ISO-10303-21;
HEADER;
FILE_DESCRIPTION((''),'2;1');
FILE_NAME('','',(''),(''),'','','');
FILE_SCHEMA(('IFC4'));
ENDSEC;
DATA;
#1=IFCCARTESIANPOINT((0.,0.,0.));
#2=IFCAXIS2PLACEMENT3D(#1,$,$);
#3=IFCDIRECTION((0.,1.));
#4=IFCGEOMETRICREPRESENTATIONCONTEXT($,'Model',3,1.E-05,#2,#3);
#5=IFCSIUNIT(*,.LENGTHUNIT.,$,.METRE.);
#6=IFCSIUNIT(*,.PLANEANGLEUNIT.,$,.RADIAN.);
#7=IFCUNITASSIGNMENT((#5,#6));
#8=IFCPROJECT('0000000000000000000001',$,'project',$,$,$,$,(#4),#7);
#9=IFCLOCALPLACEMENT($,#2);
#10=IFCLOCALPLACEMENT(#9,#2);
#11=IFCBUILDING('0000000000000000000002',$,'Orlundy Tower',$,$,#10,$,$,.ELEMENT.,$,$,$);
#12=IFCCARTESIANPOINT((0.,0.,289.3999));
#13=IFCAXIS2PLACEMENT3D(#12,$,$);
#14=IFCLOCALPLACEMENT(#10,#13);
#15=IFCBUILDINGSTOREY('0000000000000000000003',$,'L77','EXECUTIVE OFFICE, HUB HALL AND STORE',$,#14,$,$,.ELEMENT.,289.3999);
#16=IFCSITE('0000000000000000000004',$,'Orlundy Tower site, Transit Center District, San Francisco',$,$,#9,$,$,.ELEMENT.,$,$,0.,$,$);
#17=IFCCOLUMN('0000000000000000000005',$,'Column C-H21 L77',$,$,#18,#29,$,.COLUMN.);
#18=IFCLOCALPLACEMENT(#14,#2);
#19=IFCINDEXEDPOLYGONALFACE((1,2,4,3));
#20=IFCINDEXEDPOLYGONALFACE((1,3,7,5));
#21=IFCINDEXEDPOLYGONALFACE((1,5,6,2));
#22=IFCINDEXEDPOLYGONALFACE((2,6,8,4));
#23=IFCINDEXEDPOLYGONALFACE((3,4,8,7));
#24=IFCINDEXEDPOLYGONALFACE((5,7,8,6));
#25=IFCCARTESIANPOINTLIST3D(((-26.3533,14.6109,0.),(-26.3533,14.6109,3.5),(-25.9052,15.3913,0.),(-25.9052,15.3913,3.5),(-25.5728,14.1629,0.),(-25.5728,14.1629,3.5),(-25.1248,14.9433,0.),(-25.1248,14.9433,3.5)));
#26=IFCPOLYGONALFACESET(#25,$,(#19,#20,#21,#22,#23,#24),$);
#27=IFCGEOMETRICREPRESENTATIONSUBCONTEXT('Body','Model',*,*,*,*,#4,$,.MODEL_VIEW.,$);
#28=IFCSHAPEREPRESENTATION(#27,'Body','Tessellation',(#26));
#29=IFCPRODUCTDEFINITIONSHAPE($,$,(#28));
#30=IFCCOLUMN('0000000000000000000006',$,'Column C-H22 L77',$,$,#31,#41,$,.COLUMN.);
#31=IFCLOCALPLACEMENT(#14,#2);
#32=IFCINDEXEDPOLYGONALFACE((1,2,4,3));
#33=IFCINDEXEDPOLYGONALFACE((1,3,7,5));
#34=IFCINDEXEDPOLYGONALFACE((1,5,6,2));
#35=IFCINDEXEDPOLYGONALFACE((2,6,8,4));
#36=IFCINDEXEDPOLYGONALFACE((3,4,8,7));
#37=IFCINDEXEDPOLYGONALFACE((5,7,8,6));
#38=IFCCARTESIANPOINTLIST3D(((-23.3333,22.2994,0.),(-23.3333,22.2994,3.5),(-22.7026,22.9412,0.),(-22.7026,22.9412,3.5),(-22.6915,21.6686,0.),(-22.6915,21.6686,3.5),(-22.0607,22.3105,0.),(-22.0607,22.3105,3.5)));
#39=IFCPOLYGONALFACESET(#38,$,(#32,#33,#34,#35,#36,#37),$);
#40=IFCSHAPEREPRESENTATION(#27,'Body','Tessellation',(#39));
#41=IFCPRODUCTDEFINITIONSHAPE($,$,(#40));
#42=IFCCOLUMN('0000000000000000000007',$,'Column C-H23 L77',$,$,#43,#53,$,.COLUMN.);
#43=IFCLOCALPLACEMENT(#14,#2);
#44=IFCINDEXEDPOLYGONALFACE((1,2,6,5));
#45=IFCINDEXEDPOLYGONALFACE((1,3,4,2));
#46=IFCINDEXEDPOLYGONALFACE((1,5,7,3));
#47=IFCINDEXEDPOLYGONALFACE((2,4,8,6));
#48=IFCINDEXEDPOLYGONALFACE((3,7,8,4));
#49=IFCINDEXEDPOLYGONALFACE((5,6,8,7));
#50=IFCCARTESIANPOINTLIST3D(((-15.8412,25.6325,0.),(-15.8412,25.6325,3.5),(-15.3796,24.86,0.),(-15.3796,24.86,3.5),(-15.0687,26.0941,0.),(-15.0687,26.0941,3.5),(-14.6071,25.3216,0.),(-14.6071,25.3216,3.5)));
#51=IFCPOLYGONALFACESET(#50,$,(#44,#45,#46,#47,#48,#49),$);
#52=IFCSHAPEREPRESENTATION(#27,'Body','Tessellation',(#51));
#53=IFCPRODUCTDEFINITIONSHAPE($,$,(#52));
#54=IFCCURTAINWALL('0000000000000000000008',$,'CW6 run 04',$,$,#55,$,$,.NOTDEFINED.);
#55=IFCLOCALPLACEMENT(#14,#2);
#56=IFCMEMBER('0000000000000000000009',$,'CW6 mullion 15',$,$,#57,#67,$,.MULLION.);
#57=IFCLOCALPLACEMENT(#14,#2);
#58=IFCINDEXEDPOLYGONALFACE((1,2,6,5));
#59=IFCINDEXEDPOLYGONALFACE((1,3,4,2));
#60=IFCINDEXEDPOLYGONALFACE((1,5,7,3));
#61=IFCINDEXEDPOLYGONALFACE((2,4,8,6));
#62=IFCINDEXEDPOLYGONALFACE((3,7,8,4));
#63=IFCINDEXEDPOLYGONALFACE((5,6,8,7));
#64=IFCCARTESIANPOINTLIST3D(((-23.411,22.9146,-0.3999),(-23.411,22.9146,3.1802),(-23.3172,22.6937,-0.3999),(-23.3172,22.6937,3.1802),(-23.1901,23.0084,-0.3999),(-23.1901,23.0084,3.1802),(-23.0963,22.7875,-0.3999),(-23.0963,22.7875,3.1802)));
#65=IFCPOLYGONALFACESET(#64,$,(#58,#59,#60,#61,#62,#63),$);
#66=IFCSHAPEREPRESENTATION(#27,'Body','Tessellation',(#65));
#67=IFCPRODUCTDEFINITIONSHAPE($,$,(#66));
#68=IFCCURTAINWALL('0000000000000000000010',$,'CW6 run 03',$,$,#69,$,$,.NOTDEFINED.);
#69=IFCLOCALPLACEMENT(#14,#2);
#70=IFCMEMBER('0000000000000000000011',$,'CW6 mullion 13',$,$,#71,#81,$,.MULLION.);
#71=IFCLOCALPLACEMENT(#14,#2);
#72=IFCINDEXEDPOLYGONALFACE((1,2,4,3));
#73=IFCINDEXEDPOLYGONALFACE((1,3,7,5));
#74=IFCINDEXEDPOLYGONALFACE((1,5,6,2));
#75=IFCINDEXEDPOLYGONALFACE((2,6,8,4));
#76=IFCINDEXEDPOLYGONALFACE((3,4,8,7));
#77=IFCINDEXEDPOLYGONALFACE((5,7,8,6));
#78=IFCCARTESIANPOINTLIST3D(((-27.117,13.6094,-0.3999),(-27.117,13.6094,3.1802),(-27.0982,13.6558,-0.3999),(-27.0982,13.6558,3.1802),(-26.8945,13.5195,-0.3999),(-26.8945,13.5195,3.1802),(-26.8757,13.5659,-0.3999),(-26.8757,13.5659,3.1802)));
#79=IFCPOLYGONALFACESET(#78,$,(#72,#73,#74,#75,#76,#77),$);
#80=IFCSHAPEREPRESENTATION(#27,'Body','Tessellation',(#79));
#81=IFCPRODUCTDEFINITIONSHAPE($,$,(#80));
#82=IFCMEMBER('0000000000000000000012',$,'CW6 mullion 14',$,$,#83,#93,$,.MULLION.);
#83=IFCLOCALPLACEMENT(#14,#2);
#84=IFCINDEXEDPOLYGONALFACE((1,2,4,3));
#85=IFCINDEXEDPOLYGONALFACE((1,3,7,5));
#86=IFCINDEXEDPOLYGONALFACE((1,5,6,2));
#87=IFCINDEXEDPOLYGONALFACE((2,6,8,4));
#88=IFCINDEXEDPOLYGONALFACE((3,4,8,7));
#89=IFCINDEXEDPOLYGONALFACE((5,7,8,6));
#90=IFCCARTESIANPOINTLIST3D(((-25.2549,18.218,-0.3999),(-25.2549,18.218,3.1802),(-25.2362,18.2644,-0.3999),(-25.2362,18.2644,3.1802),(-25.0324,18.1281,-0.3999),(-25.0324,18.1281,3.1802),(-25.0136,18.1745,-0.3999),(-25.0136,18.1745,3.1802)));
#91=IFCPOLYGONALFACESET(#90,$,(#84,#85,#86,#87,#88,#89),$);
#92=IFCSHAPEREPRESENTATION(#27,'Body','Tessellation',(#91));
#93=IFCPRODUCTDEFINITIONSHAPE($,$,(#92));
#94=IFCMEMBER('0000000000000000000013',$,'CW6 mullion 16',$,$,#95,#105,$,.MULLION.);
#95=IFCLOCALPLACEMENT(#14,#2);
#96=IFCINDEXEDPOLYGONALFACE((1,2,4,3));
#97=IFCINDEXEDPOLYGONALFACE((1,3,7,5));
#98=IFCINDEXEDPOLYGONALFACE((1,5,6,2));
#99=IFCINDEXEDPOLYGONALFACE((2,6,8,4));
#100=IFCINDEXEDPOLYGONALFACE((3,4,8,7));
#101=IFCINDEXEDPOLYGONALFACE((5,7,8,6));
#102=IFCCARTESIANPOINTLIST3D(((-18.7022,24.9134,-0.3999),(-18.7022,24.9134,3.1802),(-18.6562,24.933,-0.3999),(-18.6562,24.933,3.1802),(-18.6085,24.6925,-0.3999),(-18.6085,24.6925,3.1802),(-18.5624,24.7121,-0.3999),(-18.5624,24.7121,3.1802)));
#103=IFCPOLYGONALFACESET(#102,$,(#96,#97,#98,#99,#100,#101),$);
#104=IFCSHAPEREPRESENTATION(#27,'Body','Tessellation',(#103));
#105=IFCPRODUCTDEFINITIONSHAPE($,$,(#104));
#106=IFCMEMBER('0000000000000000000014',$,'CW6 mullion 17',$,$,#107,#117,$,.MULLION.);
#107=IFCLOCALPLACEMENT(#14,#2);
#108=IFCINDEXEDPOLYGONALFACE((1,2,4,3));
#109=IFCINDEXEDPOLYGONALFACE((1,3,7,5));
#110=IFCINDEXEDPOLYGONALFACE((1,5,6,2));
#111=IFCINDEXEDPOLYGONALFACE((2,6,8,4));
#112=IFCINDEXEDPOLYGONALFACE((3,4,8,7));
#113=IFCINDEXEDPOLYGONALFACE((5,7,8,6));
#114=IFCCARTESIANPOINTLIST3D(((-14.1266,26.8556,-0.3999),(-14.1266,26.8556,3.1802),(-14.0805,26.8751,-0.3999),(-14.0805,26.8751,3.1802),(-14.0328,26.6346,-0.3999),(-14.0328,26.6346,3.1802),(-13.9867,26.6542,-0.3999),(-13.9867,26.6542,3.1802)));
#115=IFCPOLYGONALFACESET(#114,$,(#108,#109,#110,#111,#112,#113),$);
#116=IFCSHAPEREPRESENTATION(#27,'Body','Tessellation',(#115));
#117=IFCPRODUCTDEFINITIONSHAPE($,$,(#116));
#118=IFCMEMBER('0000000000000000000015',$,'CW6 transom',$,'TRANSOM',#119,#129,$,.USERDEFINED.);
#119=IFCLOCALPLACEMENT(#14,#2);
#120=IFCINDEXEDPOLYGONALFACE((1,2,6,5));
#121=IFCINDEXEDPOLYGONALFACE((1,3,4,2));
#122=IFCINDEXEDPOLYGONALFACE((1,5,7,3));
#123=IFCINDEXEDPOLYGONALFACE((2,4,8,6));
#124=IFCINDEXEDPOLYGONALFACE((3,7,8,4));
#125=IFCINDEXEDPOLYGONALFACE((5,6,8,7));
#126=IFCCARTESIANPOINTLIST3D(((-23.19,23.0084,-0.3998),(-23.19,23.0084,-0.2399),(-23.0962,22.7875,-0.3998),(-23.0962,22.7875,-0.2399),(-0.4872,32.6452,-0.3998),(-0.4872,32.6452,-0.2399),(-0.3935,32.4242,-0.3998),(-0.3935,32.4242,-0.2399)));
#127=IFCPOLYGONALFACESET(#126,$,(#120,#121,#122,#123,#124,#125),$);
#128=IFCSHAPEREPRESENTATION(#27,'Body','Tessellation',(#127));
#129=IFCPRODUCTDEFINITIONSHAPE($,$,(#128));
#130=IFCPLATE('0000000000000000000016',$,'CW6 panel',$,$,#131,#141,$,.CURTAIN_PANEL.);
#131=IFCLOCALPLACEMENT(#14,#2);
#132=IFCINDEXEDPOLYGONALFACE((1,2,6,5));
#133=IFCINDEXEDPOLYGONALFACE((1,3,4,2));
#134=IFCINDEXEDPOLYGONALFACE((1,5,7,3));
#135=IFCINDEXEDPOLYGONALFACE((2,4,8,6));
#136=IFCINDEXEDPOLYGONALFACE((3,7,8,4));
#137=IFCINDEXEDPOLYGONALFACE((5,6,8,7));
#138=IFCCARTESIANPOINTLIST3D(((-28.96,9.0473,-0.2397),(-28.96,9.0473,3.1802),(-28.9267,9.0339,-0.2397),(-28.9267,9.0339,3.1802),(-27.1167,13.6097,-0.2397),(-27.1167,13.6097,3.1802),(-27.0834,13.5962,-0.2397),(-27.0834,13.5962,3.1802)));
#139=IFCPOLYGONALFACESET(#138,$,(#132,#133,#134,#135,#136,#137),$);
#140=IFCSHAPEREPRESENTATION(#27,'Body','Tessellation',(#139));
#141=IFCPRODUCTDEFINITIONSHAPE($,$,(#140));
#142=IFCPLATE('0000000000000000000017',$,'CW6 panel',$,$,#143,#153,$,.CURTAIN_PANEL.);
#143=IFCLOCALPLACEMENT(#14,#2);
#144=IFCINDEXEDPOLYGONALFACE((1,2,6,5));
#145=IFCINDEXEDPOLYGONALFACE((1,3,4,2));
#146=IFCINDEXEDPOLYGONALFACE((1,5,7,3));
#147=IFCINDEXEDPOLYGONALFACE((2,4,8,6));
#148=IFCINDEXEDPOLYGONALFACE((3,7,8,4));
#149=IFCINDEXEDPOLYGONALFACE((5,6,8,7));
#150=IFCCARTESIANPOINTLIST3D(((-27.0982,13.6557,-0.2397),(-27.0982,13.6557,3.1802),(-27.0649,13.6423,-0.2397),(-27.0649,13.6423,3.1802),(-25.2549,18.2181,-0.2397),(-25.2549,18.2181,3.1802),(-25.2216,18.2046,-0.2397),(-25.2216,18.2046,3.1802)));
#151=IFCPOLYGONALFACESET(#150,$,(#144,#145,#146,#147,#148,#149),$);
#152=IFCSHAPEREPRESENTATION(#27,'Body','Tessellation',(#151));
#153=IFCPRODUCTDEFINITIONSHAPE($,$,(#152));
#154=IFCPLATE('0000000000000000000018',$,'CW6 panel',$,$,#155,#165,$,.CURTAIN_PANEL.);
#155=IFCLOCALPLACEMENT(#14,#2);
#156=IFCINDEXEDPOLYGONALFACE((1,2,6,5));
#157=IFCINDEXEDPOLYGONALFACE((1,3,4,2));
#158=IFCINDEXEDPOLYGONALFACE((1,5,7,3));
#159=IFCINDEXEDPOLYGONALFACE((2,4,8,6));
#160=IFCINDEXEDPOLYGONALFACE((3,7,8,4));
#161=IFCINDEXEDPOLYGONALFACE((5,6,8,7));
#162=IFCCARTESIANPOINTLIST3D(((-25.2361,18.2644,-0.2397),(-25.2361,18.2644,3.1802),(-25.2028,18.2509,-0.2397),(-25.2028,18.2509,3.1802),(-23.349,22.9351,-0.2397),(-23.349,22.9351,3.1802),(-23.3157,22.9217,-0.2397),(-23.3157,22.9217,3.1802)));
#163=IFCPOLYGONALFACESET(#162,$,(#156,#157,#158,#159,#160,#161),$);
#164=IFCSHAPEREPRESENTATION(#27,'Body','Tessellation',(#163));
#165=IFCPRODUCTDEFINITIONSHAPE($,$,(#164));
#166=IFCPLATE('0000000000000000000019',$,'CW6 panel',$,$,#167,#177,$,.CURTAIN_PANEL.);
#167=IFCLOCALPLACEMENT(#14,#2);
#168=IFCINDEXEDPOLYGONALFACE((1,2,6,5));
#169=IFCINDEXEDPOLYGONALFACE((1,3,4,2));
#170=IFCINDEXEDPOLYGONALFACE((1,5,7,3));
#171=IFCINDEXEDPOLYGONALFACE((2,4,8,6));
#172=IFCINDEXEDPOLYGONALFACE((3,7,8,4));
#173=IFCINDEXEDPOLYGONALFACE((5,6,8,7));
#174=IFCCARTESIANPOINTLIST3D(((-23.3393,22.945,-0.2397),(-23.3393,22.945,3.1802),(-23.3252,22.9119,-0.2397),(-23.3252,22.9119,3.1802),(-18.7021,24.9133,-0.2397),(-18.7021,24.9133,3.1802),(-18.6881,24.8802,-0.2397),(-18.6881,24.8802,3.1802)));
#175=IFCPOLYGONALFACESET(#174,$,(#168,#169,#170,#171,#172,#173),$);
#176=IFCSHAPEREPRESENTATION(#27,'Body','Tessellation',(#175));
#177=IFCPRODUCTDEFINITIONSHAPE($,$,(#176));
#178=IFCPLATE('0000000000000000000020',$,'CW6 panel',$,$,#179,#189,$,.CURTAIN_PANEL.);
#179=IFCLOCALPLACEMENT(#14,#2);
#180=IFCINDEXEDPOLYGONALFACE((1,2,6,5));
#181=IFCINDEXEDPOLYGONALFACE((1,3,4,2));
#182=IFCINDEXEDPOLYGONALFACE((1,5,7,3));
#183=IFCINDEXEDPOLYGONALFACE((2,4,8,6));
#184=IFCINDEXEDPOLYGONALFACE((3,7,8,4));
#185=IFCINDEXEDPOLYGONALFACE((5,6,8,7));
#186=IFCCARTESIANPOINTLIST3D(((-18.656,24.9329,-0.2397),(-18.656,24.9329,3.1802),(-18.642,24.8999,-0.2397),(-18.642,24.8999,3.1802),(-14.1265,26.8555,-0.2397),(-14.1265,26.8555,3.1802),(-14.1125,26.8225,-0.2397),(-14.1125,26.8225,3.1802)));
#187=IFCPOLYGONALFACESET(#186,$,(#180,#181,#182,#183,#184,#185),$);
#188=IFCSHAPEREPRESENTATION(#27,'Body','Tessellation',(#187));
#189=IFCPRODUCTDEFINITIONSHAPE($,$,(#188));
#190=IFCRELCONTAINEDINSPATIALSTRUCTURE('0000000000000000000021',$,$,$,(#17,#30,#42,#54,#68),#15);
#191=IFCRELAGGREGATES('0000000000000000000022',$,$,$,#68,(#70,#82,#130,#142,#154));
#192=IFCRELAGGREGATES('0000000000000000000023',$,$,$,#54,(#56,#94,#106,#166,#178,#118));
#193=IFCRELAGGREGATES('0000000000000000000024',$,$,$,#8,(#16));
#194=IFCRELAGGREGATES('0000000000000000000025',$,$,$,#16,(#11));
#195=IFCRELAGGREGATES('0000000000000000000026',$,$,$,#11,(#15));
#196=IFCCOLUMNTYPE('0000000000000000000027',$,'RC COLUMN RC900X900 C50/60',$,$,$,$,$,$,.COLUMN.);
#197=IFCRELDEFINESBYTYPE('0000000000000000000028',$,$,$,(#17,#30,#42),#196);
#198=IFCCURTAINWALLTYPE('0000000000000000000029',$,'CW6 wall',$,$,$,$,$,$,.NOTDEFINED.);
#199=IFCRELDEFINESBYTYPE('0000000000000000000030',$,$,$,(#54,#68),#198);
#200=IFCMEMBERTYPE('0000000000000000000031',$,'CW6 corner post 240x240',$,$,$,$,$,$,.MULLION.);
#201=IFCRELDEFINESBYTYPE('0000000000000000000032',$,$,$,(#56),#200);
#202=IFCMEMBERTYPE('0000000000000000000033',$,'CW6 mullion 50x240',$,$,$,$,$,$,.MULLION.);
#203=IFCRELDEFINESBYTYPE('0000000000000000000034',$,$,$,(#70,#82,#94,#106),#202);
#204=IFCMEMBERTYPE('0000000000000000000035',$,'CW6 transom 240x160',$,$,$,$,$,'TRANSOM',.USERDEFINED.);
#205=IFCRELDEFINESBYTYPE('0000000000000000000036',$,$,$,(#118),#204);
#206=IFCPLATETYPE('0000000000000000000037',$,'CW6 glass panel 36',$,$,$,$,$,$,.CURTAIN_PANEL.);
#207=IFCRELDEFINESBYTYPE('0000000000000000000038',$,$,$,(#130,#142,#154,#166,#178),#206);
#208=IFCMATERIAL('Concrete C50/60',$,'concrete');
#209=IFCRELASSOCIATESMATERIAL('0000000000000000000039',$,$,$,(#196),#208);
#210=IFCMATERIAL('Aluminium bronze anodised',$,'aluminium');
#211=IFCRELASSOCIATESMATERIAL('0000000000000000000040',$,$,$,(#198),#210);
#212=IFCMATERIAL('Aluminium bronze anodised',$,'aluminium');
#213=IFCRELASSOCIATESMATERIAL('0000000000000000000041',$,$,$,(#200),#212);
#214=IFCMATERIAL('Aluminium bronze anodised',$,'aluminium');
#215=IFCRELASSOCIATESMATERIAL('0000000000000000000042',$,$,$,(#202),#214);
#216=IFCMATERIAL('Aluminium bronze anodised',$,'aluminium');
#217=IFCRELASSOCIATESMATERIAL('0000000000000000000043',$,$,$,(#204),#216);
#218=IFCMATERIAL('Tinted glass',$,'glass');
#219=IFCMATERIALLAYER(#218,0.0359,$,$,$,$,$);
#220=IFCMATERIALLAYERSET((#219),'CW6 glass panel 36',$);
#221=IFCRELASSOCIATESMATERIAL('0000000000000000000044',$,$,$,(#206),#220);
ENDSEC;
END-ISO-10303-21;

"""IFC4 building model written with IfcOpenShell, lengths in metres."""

from ifc_helpers import new_model, si_unit, direction, frame, origin, origin_2d, place, context, subcontext, project, spatial, rectangle, extrude, material, layer, layer_set, material_profile, profile_set, type_object, element, aggregate, save


model = new_model("IFC4")

# Units and contexts
model_context = context("Model", 3, precision=1e-05, world=origin(), true_north=direction((0.0, 1.0)))
body_context = subcontext(model_context, "Body", "Model", "MODEL_VIEW")
ifc_project = project(units=[si_unit("LENGTHUNIT", "METRE"), si_unit("PLANEANGLEUNIT", "RADIAN")], contexts=[model_context])

# Site, building, storey
site_placement = place(None, origin())
site = spatial("IfcSite", under=ifc_project, at=site_placement, Name="Orlundy Tower site, Transit Center District, San Francisco", CompositionType="ELEMENT", RefElevation=0.0)
building_placement = place(site_placement, origin())
building = spatial("IfcBuilding", under=site, at=building_placement, Name="Orlundy Tower", CompositionType="ELEMENT")
storey_placement = place(building_placement, frame((0.0, 0.0, 289.3999)))
storey = spatial("IfcBuildingStorey", under=building, at=storey_placement, Name="L77", Description="EXECUTIVE OFFICE, HUB HALL AND STORE", CompositionType="ELEMENT", Elevation=289.3999)

# Columns
ifc_material_1 = material(Name="Concrete C50/60", Category="concrete")
ifc_material_profile_1 = material_profile(ifc_material_1, rectangle(XDim=0.8999, YDim=0.8999, at=origin_2d()), Name="RC900X900")
ifc_profile_set_1 = profile_set([ifc_material_profile_1], Name="Concrete C50/60")
column_type = type_object("IfcColumnType", Name="RC COLUMN RC900X900 C50/60", PredefinedType="COLUMN", material=ifc_profile_set_1)
for number, where, z_axis, x_axis, name in (
    (1, (-25.739, 14.7771, 0.0), (0.0, 0.0, 1.0), (-0.867236, 0.497898, 0.0), "Column C-H21 L77"),
    (2, (-22.697, 22.3049, 0.0), (0.0, 0.0, 1.0), (-0.713238, 0.700922, 0.0), "Column C-H22 L77"),
    (3, (-15.2241, 25.4771, 0.0), (0.0, 0.0, 1.0), (-0.512957, 0.858414, 0.0), "Column C-H23 L77"),
):
    element("IfcColumn", number, at=place(storey_placement, frame(where, z_axis=z_axis, x_axis=x_axis)), inside=storey, type_object=column_type, Name=name, PredefinedType="COLUMN", context=body_context, shape_type="SweptSolid", body=[
        extrude(rectangle(XDim=0.8999, YDim=0.8999, at=origin_2d()), origin(), (0.0, 0.0, 1.0), 3.5),
    ])

# Curtain wall, member
ifc_material_2 = material(Name="Aluminium bronze anodised", Category="aluminium")
curtain_wall_type = type_object("IfcCurtainWallType", Name="CW6 wall", PredefinedType="NOTDEFINED", material=ifc_material_2)
curtain_wall_1_placement = place(storey_placement, origin())
curtain_wall_1 = element("IfcCurtainWall", 4, at=curtain_wall_1_placement, inside=storey, type_object=curtain_wall_type, Name="CW6 run 04", PredefinedType="NOTDEFINED")
ifc_material_3 = material(Name="Aluminium bronze anodised", Category="aluminium")
ifc_material_profile_2 = material_profile(ifc_material_3, rectangle(XDim=0.24, YDim=0.24, at=origin_2d()), Name="CW6 corner post 240x240")
ifc_profile_set_2 = profile_set([ifc_material_profile_2], Name="Aluminium bronze anodised")
member_type_1 = type_object("IfcMemberType", Name="CW6 corner post 240x240", PredefinedType="MULLION", material=ifc_profile_set_2)
member_1_placement = place(storey_placement, frame((-23.2537, 22.8511, -0.3999), z_axis=(0.0, 0.0, 1.0), x_axis=(-0.390727, 0.920507, 0.0)))
member_1 = element("IfcMember", 5, at=member_1_placement, type_object=member_type_1, Name="CW6 mullion 15", PredefinedType="MULLION", context=body_context, shape_type="SweptSolid", body=[
    extrude(rectangle(XDim=0.24, YDim=0.24, at=origin_2d()), origin(), (0.0, 0.0, 1.0), 3.5801),
])

# Curtain wall, members
curtain_wall_2_placement = place(storey_placement, origin())
curtain_wall_2 = element("IfcCurtainWall", 6, at=curtain_wall_2_placement, inside=storey, type_object=curtain_wall_type, Name="CW6 run 03", PredefinedType="NOTDEFINED")
ifc_material_4 = material(Name="Aluminium bronze anodised", Category="aluminium")
ifc_material_profile_3 = material_profile(ifc_material_4, rectangle(XDim=0.24, YDim=0.05, at=origin_2d()), Name="CW6 mullion 50x240")
ifc_profile_set_3 = profile_set([ifc_material_profile_3], Name="Aluminium bronze anodised")
member_type_2 = type_object("IfcMemberType", Name="CW6 mullion 50x240", PredefinedType="MULLION", material=ifc_profile_set_3)
member_2_placement = place(storey_placement, frame((-26.9963, 13.5876, -0.3999), z_axis=(0.0, 0.0, 1.0), x_axis=(-0.927184, 0.374607, 0.0)))
member_2 = element("IfcMember", 7, at=member_2_placement, type_object=member_type_2, Name="CW6 mullion 13", PredefinedType="MULLION", context=body_context, shape_type="SweptSolid", body=[
    extrude(rectangle(XDim=0.24, YDim=0.05, at=origin_2d()), origin(), (0.0, 0.0, 1.0), 3.5801),
])
member_3_placement = place(storey_placement, frame((-25.1343, 18.1963, -0.3999), z_axis=(0.0, 0.0, 1.0), x_axis=(-0.927184, 0.374607, 0.0)))
member_3 = element("IfcMember", 8, at=member_3_placement, type_object=member_type_2, Name="CW6 mullion 14", PredefinedType="MULLION", context=body_context, shape_type="SweptSolid", body=[
    extrude(rectangle(XDim=0.24, YDim=0.05, at=origin_2d()), origin(), (0.0, 0.0, 1.0), 3.5801),
])

# Members
member_4_placement = place(storey_placement, frame((-18.6323, 24.8127, -0.3999), z_axis=(0.0, 0.0, 1.0), x_axis=(-0.390727, 0.920507, 0.0)))
member_4 = element("IfcMember", 9, at=member_4_placement, type_object=member_type_2, Name="CW6 mullion 16", PredefinedType="MULLION", context=body_context, shape_type="SweptSolid", body=[
    extrude(rectangle(XDim=0.24, YDim=0.05, at=origin_2d()), origin(), (0.0, 0.0, 1.0), 3.5801),
])
member_5_placement = place(storey_placement, frame((-14.0566, 26.7549, -0.3999), z_axis=(0.0, 0.0, 1.0), x_axis=(-0.390727, 0.920507, 0.0)))
member_5 = element("IfcMember", 10, at=member_5_placement, type_object=member_type_2, Name="CW6 mullion 17", PredefinedType="MULLION", context=body_context, shape_type="SweptSolid", body=[
    extrude(rectangle(XDim=0.24, YDim=0.05, at=origin_2d()), origin(), (0.0, 0.0, 1.0), 3.5801),
])
ifc_material_5 = material(Name="Aluminium bronze anodised", Category="aluminium")
ifc_material_profile_4 = material_profile(ifc_material_5, rectangle(XDim=0.24, YDim=0.1599, at=origin_2d()), Name="CW6 transom 240x160")
ifc_profile_set_4 = profile_set([ifc_material_profile_4], Name="Aluminium bronze anodised")
member_type_3 = type_object("IfcMemberType", Name="CW6 transom 240x160", ElementType="TRANSOM", PredefinedType="USERDEFINED", material=ifc_profile_set_4)
member_6_placement = place(storey_placement, frame((-23.1431, 22.8979, -0.3198), z_axis=(0.920505, 0.390732, 0.0), x_axis=(-0.390732, 0.920505, 0.0)))
member_6 = element("IfcMember", 11, at=member_6_placement, type_object=member_type_3, Name="CW6 transom", ObjectType="TRANSOM", PredefinedType="USERDEFINED", context=body_context, shape_type="SweptSolid", body=[
    extrude(rectangle(XDim=0.24, YDim=0.1599, at=origin_2d()), origin(), (0.0, 0.0, 1.0), 24.6633),
])

# Plates
ifc_material_6 = material(Name="Tinted glass", Category="glass")
ifc_layer_1 = layer(ifc_material_6, 0.0359)
ifc_layer_set_1 = layer_set([ifc_layer_1], Name="CW6 glass panel 36")
plate_type = type_object("IfcPlateType", Name="CW6 glass panel 36", PredefinedType="CURTAIN_PANEL", material=ifc_layer_set_1)
plate_1_placement = place(storey_placement, frame((-28.0217, 11.3218, -0.2397), z_axis=(0.0, 0.0, 1.0), x_axis=(0.374607, 0.927184, 0.0)))
plate_1 = element("IfcPlate", 12, at=plate_1_placement, type_object=plate_type, Name="CW6 panel", PredefinedType="CURTAIN_PANEL", context=body_context, shape_type="SweptSolid", body=[
    extrude(rectangle(XDim=4.9207, YDim=0.0359, at=origin_2d()), origin(), (0.0, 0.0, 1.0), 3.4199),
])
plate_2_placement = place(storey_placement, frame((-26.1599, 15.9302, -0.2397), z_axis=(0.0, 0.0, 1.0), x_axis=(0.374607, 0.927184, 0.0)))
plate_2 = element("IfcPlate", 13, at=plate_2_placement, type_object=plate_type, Name="CW6 panel", PredefinedType="CURTAIN_PANEL", context=body_context, shape_type="SweptSolid", body=[
    extrude(rectangle(XDim=4.9207, YDim=0.0359, at=origin_2d()), origin(), (0.0, 0.0, 1.0), 3.4199),
])
plate_3_placement = place(storey_placement, frame((-24.2759, 20.593, -0.2397), z_axis=(0.0, 0.0, 1.0), x_axis=(0.374607, 0.927184, 0.0)))
plate_3 = element("IfcPlate", 14, at=plate_3_placement, type_object=plate_type, Name="CW6 panel", PredefinedType="CURTAIN_PANEL", context=body_context, shape_type="SweptSolid", body=[
    extrude(rectangle(XDim=5.0376, YDim=0.0359, at=origin_2d()), origin(), (0.0, 0.0, 1.0), 3.4199),
])
aggregate(curtain_wall_2, [member_2, member_3, plate_1, plate_2, plate_3])
plate_4_placement = place(storey_placement, frame((-21.0137, 23.9126, -0.2397), z_axis=(0.0, 0.0, 1.0), x_axis=(0.920507, 0.390727, 0.0)))
plate_4 = element("IfcPlate", 15, at=plate_4_placement, type_object=plate_type, Name="CW6 panel", PredefinedType="CURTAIN_PANEL", context=body_context, shape_type="SweptSolid", body=[
    extrude(rectangle(XDim=5.0376, YDim=0.0359, at=origin_2d()), origin(), (0.0, 0.0, 1.0), 3.4199),
])
plate_5_placement = place(storey_placement, frame((-16.3843, 25.8777, -0.2397), z_axis=(0.0, 0.0, 1.0), x_axis=(0.920507, 0.390727, 0.0)))
plate_5 = element("IfcPlate", 16, at=plate_5_placement, type_object=plate_type, Name="CW6 panel", PredefinedType="CURTAIN_PANEL", context=body_context, shape_type="SweptSolid", body=[
    extrude(rectangle(XDim=4.9207, YDim=0.0359, at=origin_2d()), origin(), (0.0, 0.0, 1.0), 3.4199),
])
aggregate(curtain_wall_1, [member_1, member_4, member_5, plate_4, plate_5, member_6])

save(model, "model.ifc")
